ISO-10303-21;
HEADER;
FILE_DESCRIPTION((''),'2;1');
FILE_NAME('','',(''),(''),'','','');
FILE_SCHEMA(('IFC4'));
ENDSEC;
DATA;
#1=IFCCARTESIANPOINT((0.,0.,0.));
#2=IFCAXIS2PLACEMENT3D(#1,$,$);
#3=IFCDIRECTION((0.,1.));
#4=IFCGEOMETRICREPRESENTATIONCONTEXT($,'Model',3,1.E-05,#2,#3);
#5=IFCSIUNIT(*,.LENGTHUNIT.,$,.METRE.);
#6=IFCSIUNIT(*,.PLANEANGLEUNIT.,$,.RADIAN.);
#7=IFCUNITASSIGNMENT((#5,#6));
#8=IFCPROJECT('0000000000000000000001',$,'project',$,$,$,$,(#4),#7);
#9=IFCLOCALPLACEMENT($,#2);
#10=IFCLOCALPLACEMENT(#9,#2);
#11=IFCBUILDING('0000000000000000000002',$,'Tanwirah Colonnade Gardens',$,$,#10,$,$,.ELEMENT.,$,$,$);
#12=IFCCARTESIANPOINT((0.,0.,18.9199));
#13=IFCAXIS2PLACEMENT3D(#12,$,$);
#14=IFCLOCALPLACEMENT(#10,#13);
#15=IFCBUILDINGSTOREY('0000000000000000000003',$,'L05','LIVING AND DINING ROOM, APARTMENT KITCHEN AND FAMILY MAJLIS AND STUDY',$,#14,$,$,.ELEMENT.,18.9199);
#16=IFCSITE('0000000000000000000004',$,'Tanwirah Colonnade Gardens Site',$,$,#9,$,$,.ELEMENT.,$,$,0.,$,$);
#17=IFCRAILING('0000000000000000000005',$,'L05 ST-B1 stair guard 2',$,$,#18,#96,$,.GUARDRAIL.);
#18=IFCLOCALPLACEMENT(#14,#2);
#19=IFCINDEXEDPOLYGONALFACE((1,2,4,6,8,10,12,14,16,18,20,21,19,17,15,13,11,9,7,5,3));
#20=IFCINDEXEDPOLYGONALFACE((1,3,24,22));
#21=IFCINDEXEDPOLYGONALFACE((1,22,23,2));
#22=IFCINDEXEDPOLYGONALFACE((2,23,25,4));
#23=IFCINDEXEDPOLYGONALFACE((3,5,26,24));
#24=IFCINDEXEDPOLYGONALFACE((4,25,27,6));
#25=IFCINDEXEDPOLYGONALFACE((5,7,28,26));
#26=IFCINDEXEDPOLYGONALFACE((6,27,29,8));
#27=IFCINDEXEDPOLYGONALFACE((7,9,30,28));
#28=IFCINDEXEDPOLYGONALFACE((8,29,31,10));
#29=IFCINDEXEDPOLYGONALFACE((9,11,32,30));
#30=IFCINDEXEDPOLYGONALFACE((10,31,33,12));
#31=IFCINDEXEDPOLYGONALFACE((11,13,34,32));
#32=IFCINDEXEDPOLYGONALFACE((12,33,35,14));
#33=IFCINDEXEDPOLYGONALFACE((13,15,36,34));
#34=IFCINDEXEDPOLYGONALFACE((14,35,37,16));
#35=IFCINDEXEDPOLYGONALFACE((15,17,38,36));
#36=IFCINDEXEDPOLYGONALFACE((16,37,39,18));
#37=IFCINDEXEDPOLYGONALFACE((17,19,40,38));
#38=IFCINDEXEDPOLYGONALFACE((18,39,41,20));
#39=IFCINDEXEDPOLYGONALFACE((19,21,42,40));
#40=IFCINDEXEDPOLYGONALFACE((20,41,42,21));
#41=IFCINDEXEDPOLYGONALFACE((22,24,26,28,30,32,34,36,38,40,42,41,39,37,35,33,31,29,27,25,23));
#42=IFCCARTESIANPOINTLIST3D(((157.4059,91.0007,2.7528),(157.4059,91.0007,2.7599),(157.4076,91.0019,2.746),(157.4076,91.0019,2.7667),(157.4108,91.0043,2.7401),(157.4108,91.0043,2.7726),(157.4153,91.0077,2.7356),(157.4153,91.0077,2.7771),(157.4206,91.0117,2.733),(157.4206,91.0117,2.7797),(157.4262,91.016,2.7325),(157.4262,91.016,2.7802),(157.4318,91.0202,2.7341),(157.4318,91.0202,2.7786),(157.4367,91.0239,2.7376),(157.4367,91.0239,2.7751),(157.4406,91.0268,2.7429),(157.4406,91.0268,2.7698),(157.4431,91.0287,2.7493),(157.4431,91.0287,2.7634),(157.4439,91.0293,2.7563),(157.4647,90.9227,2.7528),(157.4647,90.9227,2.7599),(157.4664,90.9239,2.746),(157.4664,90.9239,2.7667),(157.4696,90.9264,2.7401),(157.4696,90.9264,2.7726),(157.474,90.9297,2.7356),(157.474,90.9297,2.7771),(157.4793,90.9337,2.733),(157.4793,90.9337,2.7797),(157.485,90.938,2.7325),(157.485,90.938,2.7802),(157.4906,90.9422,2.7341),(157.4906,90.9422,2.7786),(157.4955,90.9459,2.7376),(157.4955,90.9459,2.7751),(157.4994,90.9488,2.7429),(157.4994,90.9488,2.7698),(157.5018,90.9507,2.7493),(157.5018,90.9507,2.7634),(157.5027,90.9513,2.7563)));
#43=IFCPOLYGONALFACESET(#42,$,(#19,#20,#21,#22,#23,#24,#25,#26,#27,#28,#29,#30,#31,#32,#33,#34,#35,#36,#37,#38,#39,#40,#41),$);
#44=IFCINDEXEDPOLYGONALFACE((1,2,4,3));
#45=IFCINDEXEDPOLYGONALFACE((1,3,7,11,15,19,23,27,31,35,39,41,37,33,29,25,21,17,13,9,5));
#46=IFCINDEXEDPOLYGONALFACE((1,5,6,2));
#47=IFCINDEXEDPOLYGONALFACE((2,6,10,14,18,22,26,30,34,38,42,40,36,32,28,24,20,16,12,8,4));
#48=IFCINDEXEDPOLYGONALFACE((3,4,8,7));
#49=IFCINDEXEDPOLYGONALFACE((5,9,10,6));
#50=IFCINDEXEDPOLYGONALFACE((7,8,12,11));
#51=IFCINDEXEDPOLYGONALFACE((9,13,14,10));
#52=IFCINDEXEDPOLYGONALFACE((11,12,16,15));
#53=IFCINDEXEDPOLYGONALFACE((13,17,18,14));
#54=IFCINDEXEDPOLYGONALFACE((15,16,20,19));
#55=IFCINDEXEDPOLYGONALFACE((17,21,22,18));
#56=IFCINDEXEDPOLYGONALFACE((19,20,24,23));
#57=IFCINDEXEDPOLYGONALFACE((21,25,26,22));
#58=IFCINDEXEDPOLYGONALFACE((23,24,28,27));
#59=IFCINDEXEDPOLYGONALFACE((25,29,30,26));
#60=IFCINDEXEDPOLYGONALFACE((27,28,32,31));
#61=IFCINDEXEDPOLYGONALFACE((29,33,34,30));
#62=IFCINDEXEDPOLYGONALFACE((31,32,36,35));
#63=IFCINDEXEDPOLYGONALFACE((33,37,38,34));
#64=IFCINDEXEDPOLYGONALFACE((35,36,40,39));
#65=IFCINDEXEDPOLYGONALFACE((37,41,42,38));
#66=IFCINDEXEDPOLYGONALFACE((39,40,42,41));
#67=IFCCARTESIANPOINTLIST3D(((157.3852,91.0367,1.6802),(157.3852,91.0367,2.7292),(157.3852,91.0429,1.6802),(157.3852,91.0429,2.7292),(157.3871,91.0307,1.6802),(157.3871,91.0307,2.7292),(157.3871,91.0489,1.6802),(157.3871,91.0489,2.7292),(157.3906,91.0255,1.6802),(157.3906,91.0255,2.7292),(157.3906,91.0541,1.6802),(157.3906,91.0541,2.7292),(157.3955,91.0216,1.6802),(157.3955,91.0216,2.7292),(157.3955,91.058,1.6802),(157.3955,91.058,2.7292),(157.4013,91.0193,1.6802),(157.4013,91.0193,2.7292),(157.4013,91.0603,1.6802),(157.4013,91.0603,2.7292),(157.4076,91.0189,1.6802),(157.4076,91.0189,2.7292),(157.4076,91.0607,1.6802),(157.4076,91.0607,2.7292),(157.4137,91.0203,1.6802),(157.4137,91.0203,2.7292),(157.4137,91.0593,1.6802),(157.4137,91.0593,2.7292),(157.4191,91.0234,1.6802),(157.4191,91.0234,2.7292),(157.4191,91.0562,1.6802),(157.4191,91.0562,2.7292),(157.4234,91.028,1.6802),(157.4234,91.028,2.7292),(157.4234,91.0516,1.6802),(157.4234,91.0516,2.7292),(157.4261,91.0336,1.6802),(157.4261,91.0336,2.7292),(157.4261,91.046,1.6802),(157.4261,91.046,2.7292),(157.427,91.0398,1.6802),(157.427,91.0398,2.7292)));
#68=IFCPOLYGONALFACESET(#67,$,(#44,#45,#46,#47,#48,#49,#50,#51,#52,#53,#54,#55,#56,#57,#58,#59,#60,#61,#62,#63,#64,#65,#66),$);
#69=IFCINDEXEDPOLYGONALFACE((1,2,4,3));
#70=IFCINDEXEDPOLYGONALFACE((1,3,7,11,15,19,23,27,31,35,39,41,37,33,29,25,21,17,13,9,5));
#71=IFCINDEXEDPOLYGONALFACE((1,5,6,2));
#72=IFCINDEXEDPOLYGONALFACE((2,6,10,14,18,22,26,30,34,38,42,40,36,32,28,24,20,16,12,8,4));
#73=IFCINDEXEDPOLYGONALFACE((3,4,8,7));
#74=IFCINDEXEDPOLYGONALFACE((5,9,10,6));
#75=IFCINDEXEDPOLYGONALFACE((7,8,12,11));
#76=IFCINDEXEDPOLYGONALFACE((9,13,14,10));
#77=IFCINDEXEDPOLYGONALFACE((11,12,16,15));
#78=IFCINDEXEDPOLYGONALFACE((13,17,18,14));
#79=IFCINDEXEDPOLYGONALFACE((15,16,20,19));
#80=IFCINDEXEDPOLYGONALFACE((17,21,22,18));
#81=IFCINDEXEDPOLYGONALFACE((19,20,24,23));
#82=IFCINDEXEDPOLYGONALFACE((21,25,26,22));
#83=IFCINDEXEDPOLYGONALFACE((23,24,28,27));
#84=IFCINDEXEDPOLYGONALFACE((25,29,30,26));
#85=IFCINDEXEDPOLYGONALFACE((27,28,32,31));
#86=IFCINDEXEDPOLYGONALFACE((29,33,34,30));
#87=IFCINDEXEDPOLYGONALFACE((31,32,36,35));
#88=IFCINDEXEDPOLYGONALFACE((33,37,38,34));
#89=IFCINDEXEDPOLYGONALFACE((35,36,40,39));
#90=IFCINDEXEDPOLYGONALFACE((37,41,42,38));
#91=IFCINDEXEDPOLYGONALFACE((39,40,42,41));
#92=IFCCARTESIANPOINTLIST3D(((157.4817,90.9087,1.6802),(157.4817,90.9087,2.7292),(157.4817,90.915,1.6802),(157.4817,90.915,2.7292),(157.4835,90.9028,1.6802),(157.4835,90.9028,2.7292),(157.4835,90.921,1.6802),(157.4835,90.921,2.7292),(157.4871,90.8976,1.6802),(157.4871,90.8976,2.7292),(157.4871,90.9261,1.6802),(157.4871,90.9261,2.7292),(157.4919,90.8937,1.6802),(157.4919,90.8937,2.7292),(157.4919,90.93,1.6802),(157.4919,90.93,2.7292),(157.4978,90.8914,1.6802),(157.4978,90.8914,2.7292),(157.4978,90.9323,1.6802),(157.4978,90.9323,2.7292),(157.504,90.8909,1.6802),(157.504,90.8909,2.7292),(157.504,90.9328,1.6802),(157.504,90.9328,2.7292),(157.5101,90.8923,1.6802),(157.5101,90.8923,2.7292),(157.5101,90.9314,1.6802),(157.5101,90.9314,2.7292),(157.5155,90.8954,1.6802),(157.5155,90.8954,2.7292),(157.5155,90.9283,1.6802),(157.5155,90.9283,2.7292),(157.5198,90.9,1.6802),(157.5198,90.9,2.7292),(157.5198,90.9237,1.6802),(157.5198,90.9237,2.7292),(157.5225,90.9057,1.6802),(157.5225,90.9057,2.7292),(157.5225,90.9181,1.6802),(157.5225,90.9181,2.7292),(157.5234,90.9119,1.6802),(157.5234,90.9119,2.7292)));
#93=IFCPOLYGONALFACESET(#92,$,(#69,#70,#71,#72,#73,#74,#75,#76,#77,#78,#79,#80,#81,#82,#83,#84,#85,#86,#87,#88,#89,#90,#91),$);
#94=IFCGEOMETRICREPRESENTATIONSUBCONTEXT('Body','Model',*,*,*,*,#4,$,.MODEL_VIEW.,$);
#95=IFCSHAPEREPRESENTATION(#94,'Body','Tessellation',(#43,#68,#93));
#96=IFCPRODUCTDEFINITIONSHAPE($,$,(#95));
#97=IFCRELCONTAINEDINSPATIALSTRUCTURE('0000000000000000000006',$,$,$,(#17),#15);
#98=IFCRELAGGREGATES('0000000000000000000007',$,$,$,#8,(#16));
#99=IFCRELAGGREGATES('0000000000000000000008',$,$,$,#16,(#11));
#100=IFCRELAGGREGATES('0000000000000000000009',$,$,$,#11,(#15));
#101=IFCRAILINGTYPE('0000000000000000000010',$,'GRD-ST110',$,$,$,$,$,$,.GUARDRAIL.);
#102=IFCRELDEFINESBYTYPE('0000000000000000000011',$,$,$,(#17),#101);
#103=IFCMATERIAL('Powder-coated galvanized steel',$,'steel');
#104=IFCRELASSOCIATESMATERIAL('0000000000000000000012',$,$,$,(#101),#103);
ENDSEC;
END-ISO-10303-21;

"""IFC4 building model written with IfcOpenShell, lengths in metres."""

from ifc_helpers import new_model, si_unit, direction, frame, origin, origin_2d, place, context, subcontext, project, spatial, circle, extrude, material, type_object, element, save


model = new_model("IFC4")

# Units and contexts
model_context = context("Model", 3, precision=1e-05, world=origin(), true_north=direction((0.0, 1.0)))
body_context = subcontext(model_context, "Body", "Model", "MODEL_VIEW")
ifc_project = project(units=[si_unit("LENGTHUNIT", "METRE"), si_unit("PLANEANGLEUNIT", "RADIAN")], contexts=[model_context])

# Site, building, storey
site_placement = place(None, origin())
site = spatial("IfcSite", under=ifc_project, at=site_placement, Name="Tanwirah Colonnade Gardens Site", CompositionType="ELEMENT", RefElevation=0.0)
building_placement = place(site_placement, origin())
building = spatial("IfcBuilding", under=site, at=building_placement, Name="Tanwirah Colonnade Gardens", CompositionType="ELEMENT")
storey_placement = place(building_placement, frame((0.0, 0.0, 18.9199)))
storey = spatial("IfcBuildingStorey", under=building, at=storey_placement, Name="L05", Description="LIVING AND DINING ROOM, APARTMENT KITCHEN AND FAMILY MAJLIS AND STUDY", CompositionType="ELEMENT", Elevation=18.9199)

# Railing
ifc_material_1 = material(Name="Powder-coated galvanized steel", Category="steel")
railing_type_1 = type_object("IfcRailingType", Name="GRD-ST110", PredefinedType="GUARDRAIL", material=ifc_material_1)
railing_1_placement = place(storey_placement, frame((157.406, 91.0398, 1.6802)))
element("IfcRailing", 1, at=railing_1_placement, inside=storey, type_object=railing_type_1, Name="L05 ST-B1 stair guard 2", PredefinedType="GUARDRAIL", context=body_context, shape_type="SweptSolid", body=[
    extrude(circle(Radius=0.0239, at=origin_2d()), frame((0.0188, -0.0249, 1.0762), z_axis=(0.601949, -0.798535, 0.0), x_axis=(0.798535, 0.601949, 0.0)), (0.0, 0.0, 1.0), 0.0977),
    extrude(circle(Radius=0.021, at=origin_2d()), origin(), (0.0, 0.0, 1.0), 1.0491),
    extrude(circle(Radius=0.021, at=origin_2d()), frame((0.0964, -0.1279, 0.0)), (0.0, 0.0, 1.0), 1.0491),
])

save(model, "model.ifc")
